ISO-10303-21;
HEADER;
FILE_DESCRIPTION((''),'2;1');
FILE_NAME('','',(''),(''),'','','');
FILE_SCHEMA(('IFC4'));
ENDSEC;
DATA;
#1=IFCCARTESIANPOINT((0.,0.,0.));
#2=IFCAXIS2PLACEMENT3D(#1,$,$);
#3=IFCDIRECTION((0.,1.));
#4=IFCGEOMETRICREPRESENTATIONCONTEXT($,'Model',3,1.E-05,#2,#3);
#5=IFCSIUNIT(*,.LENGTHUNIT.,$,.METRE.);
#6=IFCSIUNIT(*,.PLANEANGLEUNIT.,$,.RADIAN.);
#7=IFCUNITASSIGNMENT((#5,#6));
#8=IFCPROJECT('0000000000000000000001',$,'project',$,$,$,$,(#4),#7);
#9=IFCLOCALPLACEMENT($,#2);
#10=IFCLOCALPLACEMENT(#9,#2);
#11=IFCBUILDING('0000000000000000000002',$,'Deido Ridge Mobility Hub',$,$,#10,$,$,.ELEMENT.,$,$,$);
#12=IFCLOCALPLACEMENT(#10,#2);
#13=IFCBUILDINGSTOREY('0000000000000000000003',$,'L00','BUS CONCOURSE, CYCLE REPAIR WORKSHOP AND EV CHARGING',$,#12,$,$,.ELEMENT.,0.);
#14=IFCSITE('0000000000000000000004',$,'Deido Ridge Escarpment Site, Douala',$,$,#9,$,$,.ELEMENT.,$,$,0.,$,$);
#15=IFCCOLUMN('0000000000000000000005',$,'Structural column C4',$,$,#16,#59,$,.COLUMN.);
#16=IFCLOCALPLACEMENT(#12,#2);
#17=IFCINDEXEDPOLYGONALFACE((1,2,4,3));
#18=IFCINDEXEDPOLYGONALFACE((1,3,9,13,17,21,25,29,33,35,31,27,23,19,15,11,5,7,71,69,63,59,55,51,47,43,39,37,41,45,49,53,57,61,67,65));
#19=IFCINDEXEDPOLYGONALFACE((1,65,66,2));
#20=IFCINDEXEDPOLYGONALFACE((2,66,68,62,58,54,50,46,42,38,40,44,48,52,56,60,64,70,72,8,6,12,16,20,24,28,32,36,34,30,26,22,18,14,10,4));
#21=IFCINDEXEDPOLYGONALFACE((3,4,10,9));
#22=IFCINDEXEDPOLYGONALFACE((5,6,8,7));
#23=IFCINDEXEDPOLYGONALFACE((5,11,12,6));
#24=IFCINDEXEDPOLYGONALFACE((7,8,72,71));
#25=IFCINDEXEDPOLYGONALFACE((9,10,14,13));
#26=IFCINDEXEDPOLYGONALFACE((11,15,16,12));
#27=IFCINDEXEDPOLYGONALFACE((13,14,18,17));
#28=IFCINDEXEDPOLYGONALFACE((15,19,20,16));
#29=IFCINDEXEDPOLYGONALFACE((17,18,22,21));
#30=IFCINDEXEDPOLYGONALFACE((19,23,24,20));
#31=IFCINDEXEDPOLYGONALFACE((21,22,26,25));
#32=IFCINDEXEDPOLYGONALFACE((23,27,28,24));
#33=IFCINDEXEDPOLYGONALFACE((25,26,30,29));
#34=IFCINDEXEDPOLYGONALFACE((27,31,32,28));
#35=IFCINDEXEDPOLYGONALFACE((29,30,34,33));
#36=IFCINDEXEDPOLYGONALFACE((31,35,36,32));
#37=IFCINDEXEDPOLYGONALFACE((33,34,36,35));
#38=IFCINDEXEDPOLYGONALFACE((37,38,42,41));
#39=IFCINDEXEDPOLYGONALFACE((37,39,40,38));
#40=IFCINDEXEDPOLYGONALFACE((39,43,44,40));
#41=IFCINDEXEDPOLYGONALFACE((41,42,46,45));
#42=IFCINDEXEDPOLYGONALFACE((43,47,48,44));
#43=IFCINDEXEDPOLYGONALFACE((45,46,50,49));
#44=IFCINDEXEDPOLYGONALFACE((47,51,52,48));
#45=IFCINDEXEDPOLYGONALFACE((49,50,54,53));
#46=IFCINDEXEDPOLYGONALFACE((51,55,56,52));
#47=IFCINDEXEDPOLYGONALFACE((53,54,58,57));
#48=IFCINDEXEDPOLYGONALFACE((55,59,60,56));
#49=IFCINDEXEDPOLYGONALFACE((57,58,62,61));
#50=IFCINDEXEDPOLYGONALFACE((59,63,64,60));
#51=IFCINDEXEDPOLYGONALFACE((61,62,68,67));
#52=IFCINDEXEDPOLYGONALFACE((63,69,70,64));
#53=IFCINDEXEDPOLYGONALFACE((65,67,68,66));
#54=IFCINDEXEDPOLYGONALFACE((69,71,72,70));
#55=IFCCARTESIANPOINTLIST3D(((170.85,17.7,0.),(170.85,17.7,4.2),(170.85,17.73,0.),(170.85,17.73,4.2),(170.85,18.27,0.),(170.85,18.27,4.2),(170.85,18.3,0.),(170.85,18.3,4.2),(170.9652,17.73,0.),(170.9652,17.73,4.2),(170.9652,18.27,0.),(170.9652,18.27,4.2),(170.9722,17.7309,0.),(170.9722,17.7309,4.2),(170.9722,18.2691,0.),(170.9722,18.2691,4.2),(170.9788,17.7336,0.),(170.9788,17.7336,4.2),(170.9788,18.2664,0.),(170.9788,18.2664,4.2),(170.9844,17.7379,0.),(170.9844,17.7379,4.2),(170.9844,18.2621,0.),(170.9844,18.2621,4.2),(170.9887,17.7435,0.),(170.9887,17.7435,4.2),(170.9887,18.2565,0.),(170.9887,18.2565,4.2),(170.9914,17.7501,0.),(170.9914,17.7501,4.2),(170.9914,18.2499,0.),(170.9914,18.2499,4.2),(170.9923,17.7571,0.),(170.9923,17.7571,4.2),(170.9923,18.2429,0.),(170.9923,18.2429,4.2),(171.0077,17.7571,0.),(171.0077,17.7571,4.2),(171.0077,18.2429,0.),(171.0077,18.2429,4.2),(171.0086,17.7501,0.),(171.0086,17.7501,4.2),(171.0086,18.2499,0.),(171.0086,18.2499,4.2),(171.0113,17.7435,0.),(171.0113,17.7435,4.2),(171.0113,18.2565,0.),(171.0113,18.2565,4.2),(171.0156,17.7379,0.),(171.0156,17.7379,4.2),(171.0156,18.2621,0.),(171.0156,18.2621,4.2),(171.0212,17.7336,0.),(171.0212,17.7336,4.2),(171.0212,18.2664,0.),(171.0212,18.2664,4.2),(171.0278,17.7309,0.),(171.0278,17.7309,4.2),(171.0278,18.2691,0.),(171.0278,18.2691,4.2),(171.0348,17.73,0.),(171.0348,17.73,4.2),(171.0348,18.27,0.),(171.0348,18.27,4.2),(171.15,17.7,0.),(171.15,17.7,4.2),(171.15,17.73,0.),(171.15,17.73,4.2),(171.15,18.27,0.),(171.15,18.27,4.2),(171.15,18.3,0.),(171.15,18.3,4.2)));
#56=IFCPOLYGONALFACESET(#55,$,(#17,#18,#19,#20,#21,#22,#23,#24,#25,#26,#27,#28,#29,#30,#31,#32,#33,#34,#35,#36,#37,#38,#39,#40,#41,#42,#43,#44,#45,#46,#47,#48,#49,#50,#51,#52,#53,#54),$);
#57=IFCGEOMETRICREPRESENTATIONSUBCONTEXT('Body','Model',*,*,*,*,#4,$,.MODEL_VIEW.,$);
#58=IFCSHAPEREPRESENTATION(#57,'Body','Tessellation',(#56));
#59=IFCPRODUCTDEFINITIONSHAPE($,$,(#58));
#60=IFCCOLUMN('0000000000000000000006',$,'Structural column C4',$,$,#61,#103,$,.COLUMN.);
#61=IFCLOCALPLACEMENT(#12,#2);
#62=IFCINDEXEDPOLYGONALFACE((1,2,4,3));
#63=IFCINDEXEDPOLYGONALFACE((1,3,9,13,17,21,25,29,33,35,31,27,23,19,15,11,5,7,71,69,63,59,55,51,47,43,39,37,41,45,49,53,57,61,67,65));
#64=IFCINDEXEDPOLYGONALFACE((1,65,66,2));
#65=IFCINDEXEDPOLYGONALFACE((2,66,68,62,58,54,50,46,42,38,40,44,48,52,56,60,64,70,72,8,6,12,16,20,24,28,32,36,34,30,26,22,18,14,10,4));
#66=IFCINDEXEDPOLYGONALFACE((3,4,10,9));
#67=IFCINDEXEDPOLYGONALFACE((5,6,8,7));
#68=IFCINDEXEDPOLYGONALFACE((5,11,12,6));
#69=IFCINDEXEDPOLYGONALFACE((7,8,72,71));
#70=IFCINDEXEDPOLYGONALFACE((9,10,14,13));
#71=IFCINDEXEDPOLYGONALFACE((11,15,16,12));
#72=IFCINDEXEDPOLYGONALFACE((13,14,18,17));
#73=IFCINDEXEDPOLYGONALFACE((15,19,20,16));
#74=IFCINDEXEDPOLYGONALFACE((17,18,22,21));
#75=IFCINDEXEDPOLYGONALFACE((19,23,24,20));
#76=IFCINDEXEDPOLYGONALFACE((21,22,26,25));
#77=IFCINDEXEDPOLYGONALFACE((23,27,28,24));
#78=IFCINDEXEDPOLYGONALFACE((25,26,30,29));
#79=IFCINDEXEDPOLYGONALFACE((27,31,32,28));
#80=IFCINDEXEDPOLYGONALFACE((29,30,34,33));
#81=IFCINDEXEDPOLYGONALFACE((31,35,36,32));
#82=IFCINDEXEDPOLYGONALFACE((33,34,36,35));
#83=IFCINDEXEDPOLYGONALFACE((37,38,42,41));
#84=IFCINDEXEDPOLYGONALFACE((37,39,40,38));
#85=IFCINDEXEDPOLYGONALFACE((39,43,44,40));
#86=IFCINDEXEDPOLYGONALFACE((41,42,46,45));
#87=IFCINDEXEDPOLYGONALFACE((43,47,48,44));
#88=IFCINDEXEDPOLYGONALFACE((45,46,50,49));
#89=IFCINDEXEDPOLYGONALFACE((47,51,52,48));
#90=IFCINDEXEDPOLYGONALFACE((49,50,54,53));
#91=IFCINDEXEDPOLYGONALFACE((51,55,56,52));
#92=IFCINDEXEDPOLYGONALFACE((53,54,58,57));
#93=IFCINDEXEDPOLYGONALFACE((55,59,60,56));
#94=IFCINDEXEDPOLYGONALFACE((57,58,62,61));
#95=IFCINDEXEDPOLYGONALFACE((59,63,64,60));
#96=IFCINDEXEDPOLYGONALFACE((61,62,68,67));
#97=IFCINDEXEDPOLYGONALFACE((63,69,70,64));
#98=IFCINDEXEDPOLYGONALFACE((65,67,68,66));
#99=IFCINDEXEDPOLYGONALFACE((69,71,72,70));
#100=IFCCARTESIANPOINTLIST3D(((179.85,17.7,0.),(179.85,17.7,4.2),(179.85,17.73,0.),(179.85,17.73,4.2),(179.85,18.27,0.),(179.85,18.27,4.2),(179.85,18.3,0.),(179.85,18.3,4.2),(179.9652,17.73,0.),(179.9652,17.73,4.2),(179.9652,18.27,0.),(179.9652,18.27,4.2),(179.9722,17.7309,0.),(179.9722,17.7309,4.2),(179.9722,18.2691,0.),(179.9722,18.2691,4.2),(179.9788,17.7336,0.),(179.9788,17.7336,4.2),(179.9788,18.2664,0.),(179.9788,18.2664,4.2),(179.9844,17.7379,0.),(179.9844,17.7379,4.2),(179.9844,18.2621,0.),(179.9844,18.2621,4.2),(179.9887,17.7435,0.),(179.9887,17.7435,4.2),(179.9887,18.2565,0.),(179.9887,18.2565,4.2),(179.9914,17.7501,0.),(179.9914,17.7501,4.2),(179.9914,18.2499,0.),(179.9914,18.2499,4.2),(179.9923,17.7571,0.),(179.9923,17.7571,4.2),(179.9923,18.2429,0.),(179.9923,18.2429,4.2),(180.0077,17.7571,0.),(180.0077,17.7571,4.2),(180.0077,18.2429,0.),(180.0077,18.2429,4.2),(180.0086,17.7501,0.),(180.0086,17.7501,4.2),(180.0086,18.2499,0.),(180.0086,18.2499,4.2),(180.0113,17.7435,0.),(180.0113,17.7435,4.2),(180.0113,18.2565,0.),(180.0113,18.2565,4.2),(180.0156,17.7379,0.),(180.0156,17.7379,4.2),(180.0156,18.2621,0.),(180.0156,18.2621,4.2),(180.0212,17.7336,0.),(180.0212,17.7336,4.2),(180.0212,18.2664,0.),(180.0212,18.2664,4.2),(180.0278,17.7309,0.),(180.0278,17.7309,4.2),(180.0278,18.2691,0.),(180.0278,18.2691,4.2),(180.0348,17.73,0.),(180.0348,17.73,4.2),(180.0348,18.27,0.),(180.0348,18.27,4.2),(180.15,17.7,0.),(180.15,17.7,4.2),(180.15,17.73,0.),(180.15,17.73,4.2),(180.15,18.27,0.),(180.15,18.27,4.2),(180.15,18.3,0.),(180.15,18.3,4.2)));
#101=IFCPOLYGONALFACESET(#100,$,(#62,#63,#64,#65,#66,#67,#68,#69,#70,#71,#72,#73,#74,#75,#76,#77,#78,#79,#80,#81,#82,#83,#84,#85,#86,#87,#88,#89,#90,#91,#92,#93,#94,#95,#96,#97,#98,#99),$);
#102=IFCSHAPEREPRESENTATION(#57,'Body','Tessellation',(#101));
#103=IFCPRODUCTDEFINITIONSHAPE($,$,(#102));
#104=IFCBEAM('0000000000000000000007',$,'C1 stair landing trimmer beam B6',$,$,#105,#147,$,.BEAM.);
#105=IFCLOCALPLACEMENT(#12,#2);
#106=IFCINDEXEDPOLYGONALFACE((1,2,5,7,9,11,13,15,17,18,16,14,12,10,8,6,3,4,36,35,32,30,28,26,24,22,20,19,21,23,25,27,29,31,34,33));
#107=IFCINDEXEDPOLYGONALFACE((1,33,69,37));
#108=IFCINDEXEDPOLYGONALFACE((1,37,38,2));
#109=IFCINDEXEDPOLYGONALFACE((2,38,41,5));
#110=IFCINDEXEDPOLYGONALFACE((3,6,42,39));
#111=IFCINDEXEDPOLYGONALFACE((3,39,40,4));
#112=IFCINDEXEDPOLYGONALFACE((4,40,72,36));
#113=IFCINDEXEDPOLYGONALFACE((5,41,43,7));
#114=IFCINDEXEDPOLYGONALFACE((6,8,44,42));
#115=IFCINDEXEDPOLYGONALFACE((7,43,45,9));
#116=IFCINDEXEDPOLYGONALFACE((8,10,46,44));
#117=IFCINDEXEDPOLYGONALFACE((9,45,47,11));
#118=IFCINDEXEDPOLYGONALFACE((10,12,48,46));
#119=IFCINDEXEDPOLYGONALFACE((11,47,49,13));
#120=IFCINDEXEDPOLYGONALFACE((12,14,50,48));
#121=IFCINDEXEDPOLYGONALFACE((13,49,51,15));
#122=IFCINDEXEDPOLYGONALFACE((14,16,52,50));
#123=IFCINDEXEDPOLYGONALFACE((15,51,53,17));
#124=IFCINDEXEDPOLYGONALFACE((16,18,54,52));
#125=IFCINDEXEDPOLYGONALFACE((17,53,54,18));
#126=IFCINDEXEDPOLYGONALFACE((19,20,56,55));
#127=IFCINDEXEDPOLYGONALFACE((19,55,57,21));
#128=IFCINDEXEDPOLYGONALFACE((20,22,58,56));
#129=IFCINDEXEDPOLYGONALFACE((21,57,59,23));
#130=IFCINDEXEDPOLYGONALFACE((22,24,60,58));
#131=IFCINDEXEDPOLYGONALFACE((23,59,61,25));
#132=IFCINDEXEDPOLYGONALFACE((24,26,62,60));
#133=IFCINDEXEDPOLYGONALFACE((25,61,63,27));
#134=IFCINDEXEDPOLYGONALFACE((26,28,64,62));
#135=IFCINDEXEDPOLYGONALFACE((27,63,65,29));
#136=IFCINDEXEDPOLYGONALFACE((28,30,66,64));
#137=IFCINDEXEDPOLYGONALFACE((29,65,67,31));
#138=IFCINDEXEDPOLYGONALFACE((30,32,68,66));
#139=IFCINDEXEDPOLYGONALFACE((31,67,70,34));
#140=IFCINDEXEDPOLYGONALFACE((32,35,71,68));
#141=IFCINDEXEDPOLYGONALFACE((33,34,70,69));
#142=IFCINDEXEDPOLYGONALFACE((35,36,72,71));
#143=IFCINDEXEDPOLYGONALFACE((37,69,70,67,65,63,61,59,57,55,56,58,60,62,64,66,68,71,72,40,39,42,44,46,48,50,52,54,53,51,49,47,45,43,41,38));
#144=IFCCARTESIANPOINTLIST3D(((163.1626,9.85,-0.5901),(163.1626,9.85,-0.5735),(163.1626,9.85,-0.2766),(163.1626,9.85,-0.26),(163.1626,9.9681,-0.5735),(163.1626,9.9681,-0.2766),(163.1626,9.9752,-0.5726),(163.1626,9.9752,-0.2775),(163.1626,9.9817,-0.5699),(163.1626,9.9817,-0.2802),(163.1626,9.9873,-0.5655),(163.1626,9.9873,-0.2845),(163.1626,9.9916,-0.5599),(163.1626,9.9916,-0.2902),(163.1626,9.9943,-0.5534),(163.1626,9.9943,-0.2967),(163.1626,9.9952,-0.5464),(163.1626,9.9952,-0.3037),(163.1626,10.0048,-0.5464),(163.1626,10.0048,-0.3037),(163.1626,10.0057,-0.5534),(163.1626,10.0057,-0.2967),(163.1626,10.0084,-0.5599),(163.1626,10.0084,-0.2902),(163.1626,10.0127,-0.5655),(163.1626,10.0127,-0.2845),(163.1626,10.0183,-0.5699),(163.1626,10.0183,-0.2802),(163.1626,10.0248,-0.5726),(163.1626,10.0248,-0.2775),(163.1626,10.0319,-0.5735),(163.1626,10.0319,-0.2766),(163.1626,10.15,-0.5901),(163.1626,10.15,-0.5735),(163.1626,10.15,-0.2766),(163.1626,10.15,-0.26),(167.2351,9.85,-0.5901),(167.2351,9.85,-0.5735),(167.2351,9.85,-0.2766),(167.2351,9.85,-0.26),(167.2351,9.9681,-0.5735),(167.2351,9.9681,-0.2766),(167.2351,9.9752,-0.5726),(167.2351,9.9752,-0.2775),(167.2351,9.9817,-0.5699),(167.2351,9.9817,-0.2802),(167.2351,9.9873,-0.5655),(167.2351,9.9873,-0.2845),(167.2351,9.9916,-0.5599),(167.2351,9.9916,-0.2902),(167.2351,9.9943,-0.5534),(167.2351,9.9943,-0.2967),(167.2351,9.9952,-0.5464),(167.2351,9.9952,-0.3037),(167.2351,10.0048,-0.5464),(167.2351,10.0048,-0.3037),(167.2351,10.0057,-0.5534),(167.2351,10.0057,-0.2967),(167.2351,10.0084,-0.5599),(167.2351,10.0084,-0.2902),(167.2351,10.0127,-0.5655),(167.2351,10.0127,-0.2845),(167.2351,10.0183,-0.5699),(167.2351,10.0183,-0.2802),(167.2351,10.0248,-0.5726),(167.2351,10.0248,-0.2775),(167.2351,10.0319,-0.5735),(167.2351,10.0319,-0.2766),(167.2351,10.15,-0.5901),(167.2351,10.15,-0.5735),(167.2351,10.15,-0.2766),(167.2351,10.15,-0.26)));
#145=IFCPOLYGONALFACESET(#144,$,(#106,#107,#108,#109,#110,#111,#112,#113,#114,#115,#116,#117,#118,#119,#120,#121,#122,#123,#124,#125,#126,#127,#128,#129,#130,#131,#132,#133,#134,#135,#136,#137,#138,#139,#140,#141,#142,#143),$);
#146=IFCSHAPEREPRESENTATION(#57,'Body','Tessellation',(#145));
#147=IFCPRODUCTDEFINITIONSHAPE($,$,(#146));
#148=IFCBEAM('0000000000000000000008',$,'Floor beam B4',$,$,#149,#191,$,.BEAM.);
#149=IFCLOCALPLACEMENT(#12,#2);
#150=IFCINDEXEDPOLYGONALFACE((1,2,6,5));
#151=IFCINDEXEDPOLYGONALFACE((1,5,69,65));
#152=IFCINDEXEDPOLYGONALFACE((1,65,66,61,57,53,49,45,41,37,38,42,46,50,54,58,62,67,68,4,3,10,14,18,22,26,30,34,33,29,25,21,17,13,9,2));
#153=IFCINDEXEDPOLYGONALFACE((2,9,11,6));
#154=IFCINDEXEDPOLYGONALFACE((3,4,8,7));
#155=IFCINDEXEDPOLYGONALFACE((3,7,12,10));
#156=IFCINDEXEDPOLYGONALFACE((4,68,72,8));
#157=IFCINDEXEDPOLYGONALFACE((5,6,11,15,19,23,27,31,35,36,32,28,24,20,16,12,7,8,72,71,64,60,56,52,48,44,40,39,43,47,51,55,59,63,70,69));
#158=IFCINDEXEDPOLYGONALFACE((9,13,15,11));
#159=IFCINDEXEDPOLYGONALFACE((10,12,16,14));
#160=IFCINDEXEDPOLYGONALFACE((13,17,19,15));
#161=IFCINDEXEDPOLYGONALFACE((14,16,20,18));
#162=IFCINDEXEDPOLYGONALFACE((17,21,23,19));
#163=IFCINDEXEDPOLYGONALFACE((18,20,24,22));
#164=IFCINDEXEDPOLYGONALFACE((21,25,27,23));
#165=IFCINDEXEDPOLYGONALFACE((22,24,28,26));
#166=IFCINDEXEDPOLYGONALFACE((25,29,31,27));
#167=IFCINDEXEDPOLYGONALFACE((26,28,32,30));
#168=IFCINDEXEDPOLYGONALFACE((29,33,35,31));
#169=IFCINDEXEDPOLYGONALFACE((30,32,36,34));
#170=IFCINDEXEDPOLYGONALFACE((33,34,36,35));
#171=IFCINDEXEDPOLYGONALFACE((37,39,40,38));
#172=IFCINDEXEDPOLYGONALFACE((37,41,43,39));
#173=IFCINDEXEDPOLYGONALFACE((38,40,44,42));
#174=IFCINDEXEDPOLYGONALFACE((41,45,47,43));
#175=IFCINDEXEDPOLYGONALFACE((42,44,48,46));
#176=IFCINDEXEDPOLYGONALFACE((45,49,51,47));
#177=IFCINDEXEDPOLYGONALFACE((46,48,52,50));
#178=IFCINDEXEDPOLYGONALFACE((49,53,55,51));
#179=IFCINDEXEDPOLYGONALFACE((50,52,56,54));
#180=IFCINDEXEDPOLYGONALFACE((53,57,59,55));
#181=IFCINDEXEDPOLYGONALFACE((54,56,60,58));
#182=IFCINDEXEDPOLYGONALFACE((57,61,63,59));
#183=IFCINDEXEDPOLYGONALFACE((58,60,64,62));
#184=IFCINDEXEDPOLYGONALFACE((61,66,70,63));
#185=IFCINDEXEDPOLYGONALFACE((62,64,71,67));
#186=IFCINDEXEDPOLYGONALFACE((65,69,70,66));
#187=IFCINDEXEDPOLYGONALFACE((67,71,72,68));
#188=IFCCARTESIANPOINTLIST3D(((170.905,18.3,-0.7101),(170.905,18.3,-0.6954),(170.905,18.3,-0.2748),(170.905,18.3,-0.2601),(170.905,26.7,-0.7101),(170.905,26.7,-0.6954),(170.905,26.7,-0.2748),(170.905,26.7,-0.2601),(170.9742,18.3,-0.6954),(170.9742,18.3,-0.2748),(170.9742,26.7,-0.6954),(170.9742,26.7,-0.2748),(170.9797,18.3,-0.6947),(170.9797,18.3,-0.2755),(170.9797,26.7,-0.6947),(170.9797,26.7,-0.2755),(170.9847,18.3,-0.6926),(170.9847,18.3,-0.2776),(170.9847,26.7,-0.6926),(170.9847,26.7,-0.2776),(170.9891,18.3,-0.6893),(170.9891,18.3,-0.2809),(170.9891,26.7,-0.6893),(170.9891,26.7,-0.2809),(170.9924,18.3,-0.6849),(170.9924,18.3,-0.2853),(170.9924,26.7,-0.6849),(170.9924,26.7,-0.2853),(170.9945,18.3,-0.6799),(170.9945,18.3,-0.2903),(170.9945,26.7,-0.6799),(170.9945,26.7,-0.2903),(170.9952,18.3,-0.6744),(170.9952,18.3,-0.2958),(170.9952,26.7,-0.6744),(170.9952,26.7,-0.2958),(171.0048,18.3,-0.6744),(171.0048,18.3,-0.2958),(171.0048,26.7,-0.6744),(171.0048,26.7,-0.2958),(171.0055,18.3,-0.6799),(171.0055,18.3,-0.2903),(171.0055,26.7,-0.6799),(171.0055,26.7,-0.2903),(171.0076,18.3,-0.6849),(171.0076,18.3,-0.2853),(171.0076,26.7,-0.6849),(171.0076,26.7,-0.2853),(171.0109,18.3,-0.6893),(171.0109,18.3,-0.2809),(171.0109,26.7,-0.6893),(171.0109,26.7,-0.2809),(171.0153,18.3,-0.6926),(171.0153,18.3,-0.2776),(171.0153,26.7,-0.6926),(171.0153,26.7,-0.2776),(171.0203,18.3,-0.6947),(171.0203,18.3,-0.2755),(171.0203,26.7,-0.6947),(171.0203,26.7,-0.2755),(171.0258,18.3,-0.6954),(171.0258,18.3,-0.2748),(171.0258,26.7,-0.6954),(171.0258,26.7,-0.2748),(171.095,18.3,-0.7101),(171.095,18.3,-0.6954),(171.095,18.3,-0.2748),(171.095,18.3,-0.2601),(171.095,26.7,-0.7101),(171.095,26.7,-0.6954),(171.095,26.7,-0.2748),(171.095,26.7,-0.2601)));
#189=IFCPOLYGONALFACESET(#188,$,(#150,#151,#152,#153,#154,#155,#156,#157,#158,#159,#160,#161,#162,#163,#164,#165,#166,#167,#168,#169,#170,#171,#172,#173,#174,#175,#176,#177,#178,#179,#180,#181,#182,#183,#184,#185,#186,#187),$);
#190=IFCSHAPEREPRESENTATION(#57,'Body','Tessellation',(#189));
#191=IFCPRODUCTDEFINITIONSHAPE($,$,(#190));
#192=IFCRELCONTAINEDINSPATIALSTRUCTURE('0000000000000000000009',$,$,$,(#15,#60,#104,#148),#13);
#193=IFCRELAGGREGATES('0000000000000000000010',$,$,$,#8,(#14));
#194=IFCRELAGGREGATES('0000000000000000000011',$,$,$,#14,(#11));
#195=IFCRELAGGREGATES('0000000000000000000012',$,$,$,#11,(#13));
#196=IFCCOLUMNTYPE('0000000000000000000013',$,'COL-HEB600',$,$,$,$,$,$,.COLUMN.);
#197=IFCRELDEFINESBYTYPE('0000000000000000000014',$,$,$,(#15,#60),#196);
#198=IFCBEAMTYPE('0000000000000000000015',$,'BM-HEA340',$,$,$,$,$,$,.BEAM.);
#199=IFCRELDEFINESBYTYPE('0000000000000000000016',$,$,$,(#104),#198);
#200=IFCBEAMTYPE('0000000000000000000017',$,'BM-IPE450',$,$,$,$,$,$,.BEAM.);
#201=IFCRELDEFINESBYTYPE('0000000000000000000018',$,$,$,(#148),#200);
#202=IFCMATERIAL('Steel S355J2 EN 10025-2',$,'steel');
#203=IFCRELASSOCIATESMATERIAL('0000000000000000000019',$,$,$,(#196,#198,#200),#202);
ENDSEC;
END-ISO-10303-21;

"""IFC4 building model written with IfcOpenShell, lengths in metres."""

from ifc_helpers import new_model, si_unit, direction, frame, origin, origin_2d, place, context, subcontext, project, spatial, i_section, extrude, material, material_profile, profile_set, type_object, element, save


model = new_model("IFC4")

# Units and contexts
model_context = context("Model", 3, precision=1e-05, world=origin(), true_north=direction((0.0, 1.0)))
body_context = subcontext(model_context, "Body", "Model", "MODEL_VIEW")
ifc_project = project(units=[si_unit("LENGTHUNIT", "METRE"), si_unit("PLANEANGLEUNIT", "RADIAN")], contexts=[model_context])

# Site, building, storey
site_placement = place(None, origin())
site = spatial("IfcSite", under=ifc_project, at=site_placement, Name="Deido Ridge Escarpment Site, Douala", CompositionType="ELEMENT", RefElevation=0.0)
building_placement = place(site_placement, origin())
building = spatial("IfcBuilding", under=site, at=building_placement, Name="Deido Ridge Mobility Hub", CompositionType="ELEMENT")
storey_placement = place(building_placement, origin())
storey = spatial("IfcBuildingStorey", under=building, at=storey_placement, Name="L00", Description="BUS CONCOURSE, CYCLE REPAIR WORKSHOP AND EV CHARGING", CompositionType="ELEMENT", Elevation=0.0)

# Columns
ifc_material_1 = material(Name="Steel S355J2 EN 10025-2", Category="steel")
ifc_material_profile_1 = material_profile(ifc_material_1, i_section(OverallWidth=0.3, OverallDepth=0.6001, WebThickness=0.0154, FlangeThickness=0.03, FilletRadius=0.0271, at=origin_2d()), Name="HEB 600")
ifc_profile_set_1 = profile_set([ifc_material_profile_1], Name="Steel S355J2 EN 10025-2")
column_type = type_object("IfcColumnType", Name="COL-HEB600", PredefinedType="COLUMN", material=ifc_profile_set_1)
for number, where, z_axis, x_axis, name in (
    (1, (171.0, 18.0, 0.0), (0.0, 0.0, 1.0), (1.0, 0.0, 0.0), "Structural column C4"),
    (2, (180.0, 18.0, 0.0), (0.0, 0.0, 1.0), (1.0, 0.0, 0.0), "Structural column C4"),
):
    element("IfcColumn", number, at=place(storey_placement, frame(where, z_axis=z_axis, x_axis=x_axis)), inside=storey, type_object=column_type, Name=name, PredefinedType="COLUMN", context=body_context, shape_type="SweptSolid", body=[
        extrude(i_section(OverallWidth=0.3, OverallDepth=0.6001, WebThickness=0.0154, FlangeThickness=0.03, FilletRadius=0.0271, at=origin_2d()), origin(), (0.0, 0.0, 1.0), 4.2),
    ])

# Beams
ifc_material_profile_2 = material_profile(ifc_material_1, i_section(OverallWidth=0.3, OverallDepth=0.3301, WebThickness=0.0095, FlangeThickness=0.0166, FilletRadius=0.0271, at=origin_2d()), Name="HEA 340")
ifc_profile_set_2 = profile_set([ifc_material_profile_2], Name="Steel S355J2 EN 10025-2")
beam_type_1 = type_object("IfcBeamType", Name="BM-HEA340", PredefinedType="BEAM", material=ifc_profile_set_2)
beam_1_placement = place(storey_placement, frame((163.1626, 10.0, -0.425), z_axis=(1.0, 0.0, 0.0), x_axis=(0.0, 1.0, 0.0)))
element("IfcBeam", 3, at=beam_1_placement, inside=storey, type_object=beam_type_1, Name="C1 stair landing trimmer beam B6", PredefinedType="BEAM", context=body_context, shape_type="SweptSolid", body=[
    extrude(i_section(OverallWidth=0.3, OverallDepth=0.3301, WebThickness=0.0095, FlangeThickness=0.0166, FilletRadius=0.0271, at=origin_2d()), origin(), (0.0, 0.0, 1.0), 4.0725),
])
ifc_material_profile_3 = material_profile(ifc_material_1, i_section(OverallWidth=0.1899, OverallDepth=0.45, WebThickness=0.0095, FlangeThickness=0.0146, FilletRadius=0.021, at=origin_2d()), Name="IPE 450")
ifc_profile_set_3 = profile_set([ifc_material_profile_3], Name="Steel S355J2 EN 10025-2")
beam_type_2 = type_object("IfcBeamType", Name="BM-IPE450", PredefinedType="BEAM", material=ifc_profile_set_3)
beam_2_placement = place(storey_placement, frame((171.0, 18.3, -0.4851), z_axis=(0.0, 1.0, 0.0), x_axis=(-1.0, 0.0, 0.0)))
element("IfcBeam", 4, at=beam_2_placement, inside=storey, type_object=beam_type_2, Name="Floor beam B4", PredefinedType="BEAM", context=body_context, shape_type="SweptSolid", body=[
    extrude(i_section(OverallWidth=0.1899, OverallDepth=0.45, WebThickness=0.0095, FlangeThickness=0.0146, FilletRadius=0.021, at=origin_2d()), origin(), (0.0, 0.0, 1.0), 8.3999),
])

save(model, "model.ifc")
